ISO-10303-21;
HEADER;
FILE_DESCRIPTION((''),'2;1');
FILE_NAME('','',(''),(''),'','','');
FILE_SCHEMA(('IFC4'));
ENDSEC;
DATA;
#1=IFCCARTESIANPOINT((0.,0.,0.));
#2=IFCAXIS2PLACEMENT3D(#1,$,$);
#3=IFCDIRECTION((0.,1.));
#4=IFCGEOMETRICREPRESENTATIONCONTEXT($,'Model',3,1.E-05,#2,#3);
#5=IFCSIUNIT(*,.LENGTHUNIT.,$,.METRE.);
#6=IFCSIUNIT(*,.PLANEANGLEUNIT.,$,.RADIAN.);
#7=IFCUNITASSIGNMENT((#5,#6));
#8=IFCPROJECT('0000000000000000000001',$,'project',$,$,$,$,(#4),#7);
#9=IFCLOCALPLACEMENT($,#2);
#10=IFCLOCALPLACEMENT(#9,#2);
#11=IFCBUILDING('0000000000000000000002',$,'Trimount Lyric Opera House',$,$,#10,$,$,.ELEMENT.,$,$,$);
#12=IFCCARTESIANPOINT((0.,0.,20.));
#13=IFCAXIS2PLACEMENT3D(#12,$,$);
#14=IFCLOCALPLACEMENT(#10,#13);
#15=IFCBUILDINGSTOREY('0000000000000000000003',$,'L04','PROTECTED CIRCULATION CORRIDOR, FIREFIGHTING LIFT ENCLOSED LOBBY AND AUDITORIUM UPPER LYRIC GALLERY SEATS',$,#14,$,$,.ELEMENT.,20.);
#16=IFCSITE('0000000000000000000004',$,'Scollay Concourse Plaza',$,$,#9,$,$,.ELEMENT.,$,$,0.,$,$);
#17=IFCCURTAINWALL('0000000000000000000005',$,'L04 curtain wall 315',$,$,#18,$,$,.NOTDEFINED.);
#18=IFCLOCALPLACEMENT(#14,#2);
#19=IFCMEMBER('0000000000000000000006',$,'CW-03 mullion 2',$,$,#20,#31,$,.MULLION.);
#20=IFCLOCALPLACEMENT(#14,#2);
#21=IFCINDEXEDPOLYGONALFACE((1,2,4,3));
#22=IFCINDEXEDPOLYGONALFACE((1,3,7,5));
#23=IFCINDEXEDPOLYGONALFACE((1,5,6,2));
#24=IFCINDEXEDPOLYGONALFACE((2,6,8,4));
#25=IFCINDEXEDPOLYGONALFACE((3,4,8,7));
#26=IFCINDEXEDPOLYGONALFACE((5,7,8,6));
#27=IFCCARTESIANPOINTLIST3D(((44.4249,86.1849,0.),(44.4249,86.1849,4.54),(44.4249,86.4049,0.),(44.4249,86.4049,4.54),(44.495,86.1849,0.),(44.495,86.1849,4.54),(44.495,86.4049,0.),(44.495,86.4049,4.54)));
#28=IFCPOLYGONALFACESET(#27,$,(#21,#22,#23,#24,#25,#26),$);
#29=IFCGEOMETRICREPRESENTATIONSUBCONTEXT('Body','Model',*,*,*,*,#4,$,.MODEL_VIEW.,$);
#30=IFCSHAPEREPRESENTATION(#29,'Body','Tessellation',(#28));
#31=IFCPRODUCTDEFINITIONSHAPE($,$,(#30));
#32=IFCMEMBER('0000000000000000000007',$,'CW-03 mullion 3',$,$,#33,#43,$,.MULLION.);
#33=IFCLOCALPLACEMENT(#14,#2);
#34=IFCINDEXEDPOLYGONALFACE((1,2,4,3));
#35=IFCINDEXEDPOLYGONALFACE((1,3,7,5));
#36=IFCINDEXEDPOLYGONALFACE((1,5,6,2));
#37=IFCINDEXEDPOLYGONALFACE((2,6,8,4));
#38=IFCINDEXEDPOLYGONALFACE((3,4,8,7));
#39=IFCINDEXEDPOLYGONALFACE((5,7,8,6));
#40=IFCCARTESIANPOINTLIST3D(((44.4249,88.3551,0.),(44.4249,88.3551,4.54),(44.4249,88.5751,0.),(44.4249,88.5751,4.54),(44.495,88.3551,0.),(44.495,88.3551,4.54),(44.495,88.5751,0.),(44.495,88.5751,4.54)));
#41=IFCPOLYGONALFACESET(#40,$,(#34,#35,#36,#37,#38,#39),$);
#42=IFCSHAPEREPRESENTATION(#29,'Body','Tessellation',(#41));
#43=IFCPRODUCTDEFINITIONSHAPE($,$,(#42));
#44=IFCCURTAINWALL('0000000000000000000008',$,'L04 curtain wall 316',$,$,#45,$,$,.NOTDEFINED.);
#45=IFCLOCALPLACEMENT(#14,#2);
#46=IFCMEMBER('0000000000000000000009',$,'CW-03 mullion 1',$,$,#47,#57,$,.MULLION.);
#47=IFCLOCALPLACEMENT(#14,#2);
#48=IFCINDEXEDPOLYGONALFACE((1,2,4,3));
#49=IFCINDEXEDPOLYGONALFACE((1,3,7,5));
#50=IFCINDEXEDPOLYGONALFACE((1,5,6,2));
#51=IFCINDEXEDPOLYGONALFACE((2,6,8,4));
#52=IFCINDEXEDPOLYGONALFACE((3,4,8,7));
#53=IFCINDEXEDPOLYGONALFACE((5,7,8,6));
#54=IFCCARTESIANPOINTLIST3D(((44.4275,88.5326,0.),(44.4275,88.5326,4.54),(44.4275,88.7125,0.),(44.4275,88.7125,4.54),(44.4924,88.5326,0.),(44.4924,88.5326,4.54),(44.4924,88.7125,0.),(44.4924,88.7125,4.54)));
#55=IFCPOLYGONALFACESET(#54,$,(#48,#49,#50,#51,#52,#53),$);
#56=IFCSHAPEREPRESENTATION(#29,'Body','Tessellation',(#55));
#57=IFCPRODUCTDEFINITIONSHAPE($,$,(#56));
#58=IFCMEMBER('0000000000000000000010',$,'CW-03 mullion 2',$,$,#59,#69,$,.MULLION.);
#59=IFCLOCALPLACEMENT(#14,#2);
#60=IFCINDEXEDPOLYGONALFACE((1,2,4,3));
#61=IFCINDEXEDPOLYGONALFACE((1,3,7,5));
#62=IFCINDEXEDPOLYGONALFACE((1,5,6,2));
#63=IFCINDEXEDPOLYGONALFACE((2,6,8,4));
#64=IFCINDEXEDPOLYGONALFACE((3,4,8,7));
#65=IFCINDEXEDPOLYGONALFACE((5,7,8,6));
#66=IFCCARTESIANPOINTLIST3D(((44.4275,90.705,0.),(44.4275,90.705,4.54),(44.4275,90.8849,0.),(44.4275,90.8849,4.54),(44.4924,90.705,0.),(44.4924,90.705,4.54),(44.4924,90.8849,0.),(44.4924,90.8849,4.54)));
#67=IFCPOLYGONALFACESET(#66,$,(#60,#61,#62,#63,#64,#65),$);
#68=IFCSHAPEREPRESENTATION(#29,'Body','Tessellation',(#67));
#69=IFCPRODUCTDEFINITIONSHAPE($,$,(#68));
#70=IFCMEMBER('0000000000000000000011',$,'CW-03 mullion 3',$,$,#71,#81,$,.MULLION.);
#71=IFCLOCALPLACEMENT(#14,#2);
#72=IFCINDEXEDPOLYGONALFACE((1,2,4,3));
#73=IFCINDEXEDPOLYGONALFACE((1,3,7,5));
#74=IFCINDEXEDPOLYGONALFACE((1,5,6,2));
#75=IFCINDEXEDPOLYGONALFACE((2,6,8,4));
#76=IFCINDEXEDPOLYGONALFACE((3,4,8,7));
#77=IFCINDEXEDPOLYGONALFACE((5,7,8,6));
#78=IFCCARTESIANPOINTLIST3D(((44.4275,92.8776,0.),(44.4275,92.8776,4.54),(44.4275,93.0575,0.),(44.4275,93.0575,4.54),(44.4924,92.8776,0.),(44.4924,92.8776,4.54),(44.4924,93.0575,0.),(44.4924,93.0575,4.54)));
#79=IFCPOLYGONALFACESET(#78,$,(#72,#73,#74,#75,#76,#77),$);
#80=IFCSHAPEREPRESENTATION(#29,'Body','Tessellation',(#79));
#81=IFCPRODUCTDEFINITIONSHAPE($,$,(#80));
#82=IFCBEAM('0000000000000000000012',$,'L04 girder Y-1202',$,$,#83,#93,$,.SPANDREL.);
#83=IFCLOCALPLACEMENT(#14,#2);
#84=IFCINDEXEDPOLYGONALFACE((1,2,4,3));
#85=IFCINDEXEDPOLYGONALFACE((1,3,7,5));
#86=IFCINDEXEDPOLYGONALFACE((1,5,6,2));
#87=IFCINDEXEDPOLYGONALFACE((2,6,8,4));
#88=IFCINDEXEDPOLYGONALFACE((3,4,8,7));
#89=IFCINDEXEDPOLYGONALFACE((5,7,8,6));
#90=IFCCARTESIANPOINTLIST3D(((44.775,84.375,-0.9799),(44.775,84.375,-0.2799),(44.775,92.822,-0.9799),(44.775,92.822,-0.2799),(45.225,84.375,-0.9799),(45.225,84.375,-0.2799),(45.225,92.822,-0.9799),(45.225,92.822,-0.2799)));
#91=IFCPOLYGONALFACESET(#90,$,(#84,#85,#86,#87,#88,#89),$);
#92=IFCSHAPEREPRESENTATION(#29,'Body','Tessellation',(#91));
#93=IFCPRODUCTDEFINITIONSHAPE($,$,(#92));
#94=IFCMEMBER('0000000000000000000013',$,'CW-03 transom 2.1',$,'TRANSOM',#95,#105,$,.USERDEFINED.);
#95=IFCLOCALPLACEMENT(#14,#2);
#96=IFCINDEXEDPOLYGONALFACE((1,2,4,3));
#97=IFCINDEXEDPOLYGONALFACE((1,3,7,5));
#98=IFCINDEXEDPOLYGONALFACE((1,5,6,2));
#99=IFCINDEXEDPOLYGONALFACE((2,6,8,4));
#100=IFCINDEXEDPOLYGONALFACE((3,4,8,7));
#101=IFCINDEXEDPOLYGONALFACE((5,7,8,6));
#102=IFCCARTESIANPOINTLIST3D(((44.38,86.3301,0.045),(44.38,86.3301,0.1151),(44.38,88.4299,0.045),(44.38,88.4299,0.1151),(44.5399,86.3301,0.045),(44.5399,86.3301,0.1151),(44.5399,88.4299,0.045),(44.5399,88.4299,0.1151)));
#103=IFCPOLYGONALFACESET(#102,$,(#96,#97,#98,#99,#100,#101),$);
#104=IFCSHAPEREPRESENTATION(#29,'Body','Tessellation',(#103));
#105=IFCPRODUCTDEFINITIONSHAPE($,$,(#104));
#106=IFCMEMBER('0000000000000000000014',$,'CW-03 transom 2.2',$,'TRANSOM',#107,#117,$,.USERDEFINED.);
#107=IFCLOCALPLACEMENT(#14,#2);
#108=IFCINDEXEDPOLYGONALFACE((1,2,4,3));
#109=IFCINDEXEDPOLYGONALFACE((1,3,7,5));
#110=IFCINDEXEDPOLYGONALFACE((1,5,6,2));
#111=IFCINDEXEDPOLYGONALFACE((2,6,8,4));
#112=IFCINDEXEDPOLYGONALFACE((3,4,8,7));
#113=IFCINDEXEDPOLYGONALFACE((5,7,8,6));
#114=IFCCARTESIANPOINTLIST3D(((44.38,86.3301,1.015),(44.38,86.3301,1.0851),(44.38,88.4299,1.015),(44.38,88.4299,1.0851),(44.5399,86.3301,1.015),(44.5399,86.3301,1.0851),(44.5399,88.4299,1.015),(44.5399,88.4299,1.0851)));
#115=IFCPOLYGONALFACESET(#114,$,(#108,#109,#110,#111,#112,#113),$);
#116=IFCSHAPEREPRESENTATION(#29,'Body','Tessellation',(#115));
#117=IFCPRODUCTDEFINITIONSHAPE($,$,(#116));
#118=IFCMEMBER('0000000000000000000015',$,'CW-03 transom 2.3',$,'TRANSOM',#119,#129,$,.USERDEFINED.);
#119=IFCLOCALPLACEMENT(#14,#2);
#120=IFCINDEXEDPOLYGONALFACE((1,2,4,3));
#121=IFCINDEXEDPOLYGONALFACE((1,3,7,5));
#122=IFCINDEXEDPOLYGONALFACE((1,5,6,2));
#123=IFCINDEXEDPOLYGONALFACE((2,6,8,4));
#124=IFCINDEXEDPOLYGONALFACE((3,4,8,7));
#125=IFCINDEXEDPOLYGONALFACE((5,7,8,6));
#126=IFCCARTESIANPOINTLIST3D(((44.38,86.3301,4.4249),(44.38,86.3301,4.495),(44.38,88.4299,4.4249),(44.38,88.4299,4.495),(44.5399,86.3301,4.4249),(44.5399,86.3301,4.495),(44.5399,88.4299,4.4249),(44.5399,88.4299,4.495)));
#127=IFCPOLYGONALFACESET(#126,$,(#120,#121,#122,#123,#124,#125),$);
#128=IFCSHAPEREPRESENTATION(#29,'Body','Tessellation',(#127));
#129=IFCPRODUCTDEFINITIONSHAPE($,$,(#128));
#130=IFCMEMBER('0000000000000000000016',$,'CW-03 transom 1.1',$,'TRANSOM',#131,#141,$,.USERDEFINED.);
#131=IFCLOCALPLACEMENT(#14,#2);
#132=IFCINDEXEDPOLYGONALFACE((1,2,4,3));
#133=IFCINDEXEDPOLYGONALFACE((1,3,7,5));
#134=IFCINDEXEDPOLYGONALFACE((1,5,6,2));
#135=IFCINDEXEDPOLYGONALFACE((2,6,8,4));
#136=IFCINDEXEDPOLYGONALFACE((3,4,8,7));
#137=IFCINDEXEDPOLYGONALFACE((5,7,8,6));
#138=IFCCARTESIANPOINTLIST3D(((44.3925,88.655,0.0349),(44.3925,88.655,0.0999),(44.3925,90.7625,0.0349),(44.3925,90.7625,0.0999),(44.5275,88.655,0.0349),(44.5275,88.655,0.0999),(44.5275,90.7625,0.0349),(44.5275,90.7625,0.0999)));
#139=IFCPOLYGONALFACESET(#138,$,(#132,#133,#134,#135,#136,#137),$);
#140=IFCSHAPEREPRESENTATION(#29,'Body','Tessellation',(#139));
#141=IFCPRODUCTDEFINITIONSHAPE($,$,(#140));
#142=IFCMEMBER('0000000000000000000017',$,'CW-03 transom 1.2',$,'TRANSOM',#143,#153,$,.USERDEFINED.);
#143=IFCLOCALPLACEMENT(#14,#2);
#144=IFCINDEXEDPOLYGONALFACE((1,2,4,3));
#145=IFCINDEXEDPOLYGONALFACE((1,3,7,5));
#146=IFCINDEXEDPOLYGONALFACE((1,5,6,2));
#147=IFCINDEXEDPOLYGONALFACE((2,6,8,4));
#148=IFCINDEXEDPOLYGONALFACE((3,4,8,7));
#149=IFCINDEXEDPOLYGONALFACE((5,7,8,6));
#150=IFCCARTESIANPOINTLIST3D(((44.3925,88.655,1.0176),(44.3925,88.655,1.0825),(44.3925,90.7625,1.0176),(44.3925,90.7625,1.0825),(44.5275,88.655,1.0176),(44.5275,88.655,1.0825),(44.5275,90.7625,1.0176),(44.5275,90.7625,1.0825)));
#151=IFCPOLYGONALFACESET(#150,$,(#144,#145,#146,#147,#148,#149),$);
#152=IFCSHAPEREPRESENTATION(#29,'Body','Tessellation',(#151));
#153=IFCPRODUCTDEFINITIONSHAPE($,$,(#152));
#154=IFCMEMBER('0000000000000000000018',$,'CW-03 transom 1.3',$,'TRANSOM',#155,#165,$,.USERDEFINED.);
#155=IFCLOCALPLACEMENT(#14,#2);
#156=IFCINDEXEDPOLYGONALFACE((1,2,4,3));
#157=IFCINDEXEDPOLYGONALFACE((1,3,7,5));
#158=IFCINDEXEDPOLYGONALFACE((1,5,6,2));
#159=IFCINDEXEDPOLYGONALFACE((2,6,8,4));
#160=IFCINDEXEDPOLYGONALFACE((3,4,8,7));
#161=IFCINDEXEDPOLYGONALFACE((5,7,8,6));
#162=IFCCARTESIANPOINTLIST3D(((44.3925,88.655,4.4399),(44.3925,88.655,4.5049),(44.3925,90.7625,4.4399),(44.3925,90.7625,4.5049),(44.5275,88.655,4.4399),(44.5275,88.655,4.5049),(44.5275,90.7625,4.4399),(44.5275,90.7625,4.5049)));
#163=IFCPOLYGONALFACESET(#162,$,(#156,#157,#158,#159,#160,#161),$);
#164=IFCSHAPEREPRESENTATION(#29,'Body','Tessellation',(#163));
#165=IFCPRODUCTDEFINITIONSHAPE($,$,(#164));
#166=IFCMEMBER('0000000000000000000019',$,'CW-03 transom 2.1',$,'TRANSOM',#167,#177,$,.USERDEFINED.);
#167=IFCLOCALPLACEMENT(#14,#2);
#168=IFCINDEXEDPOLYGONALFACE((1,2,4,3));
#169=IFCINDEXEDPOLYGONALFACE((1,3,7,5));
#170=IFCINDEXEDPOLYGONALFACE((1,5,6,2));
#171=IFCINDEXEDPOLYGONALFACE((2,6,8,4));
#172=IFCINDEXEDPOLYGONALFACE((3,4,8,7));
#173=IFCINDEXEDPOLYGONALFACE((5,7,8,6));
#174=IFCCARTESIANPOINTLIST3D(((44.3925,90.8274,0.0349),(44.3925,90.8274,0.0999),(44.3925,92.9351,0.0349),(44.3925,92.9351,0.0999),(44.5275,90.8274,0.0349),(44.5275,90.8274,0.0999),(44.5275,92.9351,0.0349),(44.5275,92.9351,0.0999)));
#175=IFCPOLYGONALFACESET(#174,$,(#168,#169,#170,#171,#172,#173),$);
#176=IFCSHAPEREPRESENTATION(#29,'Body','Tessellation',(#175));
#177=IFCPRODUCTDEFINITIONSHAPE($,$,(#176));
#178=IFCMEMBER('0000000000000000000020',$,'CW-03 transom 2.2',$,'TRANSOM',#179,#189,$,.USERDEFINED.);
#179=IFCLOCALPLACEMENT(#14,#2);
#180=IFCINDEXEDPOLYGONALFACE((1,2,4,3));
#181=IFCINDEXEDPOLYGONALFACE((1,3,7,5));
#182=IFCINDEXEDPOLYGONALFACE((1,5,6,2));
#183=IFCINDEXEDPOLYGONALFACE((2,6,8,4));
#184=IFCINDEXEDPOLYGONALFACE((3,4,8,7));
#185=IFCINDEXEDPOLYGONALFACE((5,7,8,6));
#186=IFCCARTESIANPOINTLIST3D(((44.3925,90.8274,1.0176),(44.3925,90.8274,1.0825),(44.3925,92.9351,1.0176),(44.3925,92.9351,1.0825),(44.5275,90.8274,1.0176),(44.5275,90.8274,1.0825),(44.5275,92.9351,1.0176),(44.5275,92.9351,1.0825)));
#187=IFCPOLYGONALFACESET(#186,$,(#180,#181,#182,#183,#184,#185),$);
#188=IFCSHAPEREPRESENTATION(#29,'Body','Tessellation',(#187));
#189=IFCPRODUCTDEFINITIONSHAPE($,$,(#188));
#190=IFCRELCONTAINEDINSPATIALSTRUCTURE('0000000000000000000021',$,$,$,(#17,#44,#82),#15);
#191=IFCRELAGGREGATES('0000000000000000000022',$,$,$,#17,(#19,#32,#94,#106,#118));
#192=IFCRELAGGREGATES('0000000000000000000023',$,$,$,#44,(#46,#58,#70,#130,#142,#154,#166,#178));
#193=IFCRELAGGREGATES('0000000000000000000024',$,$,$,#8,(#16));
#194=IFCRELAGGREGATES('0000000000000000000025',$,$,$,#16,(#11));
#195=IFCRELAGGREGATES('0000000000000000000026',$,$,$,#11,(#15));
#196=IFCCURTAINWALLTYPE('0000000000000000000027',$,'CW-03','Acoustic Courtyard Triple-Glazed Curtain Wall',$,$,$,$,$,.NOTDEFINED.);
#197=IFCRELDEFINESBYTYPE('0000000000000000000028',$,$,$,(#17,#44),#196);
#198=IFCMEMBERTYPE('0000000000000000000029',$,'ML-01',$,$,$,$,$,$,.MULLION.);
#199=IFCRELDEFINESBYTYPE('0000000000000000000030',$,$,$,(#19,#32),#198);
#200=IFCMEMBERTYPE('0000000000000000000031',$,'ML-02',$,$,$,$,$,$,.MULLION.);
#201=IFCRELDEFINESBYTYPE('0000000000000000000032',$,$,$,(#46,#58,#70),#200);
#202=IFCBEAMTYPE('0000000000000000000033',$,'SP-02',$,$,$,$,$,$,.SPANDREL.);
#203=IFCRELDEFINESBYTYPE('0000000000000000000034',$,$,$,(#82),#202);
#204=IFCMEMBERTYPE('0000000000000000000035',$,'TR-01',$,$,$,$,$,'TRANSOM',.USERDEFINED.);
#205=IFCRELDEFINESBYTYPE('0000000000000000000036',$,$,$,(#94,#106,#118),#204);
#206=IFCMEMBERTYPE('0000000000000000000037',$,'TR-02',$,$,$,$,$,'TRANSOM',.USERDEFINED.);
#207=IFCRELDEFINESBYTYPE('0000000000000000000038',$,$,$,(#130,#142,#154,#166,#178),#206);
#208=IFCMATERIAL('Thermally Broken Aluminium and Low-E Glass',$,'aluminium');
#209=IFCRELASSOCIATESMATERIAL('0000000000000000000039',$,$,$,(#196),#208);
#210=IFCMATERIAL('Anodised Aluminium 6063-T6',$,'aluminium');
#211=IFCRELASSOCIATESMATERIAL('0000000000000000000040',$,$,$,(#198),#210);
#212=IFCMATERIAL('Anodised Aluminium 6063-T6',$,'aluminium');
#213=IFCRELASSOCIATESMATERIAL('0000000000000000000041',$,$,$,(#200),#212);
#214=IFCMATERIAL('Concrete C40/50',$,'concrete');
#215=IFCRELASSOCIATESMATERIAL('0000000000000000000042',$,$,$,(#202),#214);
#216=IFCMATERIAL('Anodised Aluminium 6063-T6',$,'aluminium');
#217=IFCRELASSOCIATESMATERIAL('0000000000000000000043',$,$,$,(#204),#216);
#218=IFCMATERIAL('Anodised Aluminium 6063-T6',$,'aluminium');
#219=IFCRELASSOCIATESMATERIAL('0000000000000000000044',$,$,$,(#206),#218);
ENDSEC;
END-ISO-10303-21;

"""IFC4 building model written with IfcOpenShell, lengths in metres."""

from ifc_helpers import new_model, si_unit, direction, frame, origin, origin_2d, place, context, subcontext, project, spatial, rectangle, extrude, material, material_profile, profile_set, type_object, element, aggregate, save


model = new_model("IFC4")

# Units and contexts
model_context = context("Model", 3, precision=1e-05, world=origin(), true_north=direction((0.0, 1.0)))
body_context = subcontext(model_context, "Body", "Model", "MODEL_VIEW")
ifc_project = project(units=[si_unit("LENGTHUNIT", "METRE"), si_unit("PLANEANGLEUNIT", "RADIAN")], contexts=[model_context])

# Site, building, storey
site_placement = place(None, origin())
site = spatial("IfcSite", under=ifc_project, at=site_placement, Name="Scollay Concourse Plaza", CompositionType="ELEMENT", RefElevation=0.0)
building_placement = place(site_placement, origin())
building = spatial("IfcBuilding", under=site, at=building_placement, Name="Trimount Lyric Opera House", CompositionType="ELEMENT")
storey_placement = place(building_placement, frame((0.0, 0.0, 20.0)))
storey = spatial("IfcBuildingStorey", under=building, at=storey_placement, Name="L04", Description="PROTECTED CIRCULATION CORRIDOR, FIREFIGHTING LIFT ENCLOSED LOBBY AND AUDITORIUM UPPER LYRIC GALLERY SEATS", CompositionType="ELEMENT", Elevation=20.0)

# Curtain walls, members
ifc_material_1 = material(Name="Thermally Broken Aluminium and Low-E Glass", Category="aluminium")
curtain_wall_type = type_object("IfcCurtainWallType", Name="CW-03", Description="Acoustic Courtyard Triple-Glazed Curtain Wall", PredefinedType="NOTDEFINED", material=ifc_material_1)
curtain_wall_1_placement = place(storey_placement, origin())
curtain_wall_1 = element("IfcCurtainWall", 1, at=curtain_wall_1_placement, inside=storey, type_object=curtain_wall_type, Name="L04 curtain wall 315", PredefinedType="NOTDEFINED")
ifc_material_2 = material(Name="Anodised Aluminium 6063-T6", Category="aluminium")
ifc_material_profile_1 = material_profile(ifc_material_2, rectangle(XDim=0.0701, YDim=0.22, at=origin_2d()), Name="ALU-MULL-70X220")
ifc_profile_set_1 = profile_set([ifc_material_profile_1], Name="Anodised Aluminium 6063-T6")
member_type_1 = type_object("IfcMemberType", Name="ML-01", PredefinedType="MULLION", material=ifc_profile_set_1)
member_1_placement = place(storey_placement, frame((44.46, 86.2949, 0.0), z_axis=(0.0, 0.0, 1.0), x_axis=(-1.0, 0.0, 0.0)))
member_1 = element("IfcMember", 2, at=member_1_placement, type_object=member_type_1, Name="CW-03 mullion 2", PredefinedType="MULLION", context=body_context, shape_type="SweptSolid", body=[
    extrude(rectangle(XDim=0.0701, YDim=0.22, at=origin_2d()), origin(), (0.0, 0.0, 1.0), 4.54),
])
member_2_placement = place(storey_placement, frame((44.46, 88.4651, 0.0), z_axis=(0.0, 0.0, 1.0), x_axis=(-1.0, 0.0, 0.0)))
member_2 = element("IfcMember", 3, at=member_2_placement, type_object=member_type_1, Name="CW-03 mullion 3", PredefinedType="MULLION", context=body_context, shape_type="SweptSolid", body=[
    extrude(rectangle(XDim=0.0701, YDim=0.22, at=origin_2d()), origin(), (0.0, 0.0, 1.0), 4.54),
])
curtain_wall_2_placement = place(storey_placement, origin())
curtain_wall_2 = element("IfcCurtainWall", 4, at=curtain_wall_2_placement, inside=storey, type_object=curtain_wall_type, Name="L04 curtain wall 316", PredefinedType="NOTDEFINED")
ifc_material_3 = material(Name="Anodised Aluminium 6063-T6", Category="aluminium")
ifc_material_profile_2 = material_profile(ifc_material_3, rectangle(XDim=0.0649, YDim=0.1799, at=origin_2d()), Name="ALU-MULL-65X180")
ifc_profile_set_2 = profile_set([ifc_material_profile_2], Name="Anodised Aluminium 6063-T6")
member_type_2 = type_object("IfcMemberType", Name="ML-02", PredefinedType="MULLION", material=ifc_profile_set_2)
member_3_placement = place(storey_placement, frame((44.46, 88.6226, 0.0), z_axis=(0.0, 0.0, 1.0), x_axis=(-1.0, 0.0, 0.0)))
member_3 = element("IfcMember", 5, at=member_3_placement, type_object=member_type_2, Name="CW-03 mullion 1", PredefinedType="MULLION", context=body_context, shape_type="SweptSolid", body=[
    extrude(rectangle(XDim=0.0649, YDim=0.1799, at=origin_2d()), origin(), (0.0, 0.0, 1.0), 4.54),
])
member_4_placement = place(storey_placement, frame((44.46, 90.7949, 0.0), z_axis=(0.0, 0.0, 1.0), x_axis=(-1.0, 0.0, 0.0)))
member_4 = element("IfcMember", 6, at=member_4_placement, type_object=member_type_2, Name="CW-03 mullion 2", PredefinedType="MULLION", context=body_context, shape_type="SweptSolid", body=[
    extrude(rectangle(XDim=0.0649, YDim=0.1799, at=origin_2d()), origin(), (0.0, 0.0, 1.0), 4.54),
])
member_5_placement = place(storey_placement, frame((44.46, 92.9675, 0.0), z_axis=(0.0, 0.0, 1.0), x_axis=(-1.0, 0.0, 0.0)))
member_5 = element("IfcMember", 7, at=member_5_placement, type_object=member_type_2, Name="CW-03 mullion 3", PredefinedType="MULLION", context=body_context, shape_type="SweptSolid", body=[
    extrude(rectangle(XDim=0.0649, YDim=0.1799, at=origin_2d()), origin(), (0.0, 0.0, 1.0), 4.54),
])

# Beam
ifc_material_4 = material(Name="Concrete C40/50", Category="concrete")
ifc_material_profile_3 = material_profile(ifc_material_4, rectangle(XDim=0.45, YDim=0.7, at=origin_2d()), Name="RC450X700")
ifc_profile_set_3 = profile_set([ifc_material_profile_3], Name="Concrete C40/50")
beam_type_1 = type_object("IfcBeamType", Name="SP-02", PredefinedType="SPANDREL", material=ifc_profile_set_3)
beam_1_placement = place(storey_placement, frame((45.0, 84.375, -0.6299), z_axis=(0.0, 1.0, 0.0), x_axis=(-1.0, 0.0, 0.0)))
element("IfcBeam", 8, at=beam_1_placement, inside=storey, type_object=beam_type_1, Name="L04 girder Y-1202", PredefinedType="SPANDREL", context=body_context, shape_type="SweptSolid", body=[
    extrude(rectangle(XDim=0.45, YDim=0.7, at=origin_2d()), origin(), (0.0, 0.0, 1.0), 8.447),
])

# Members
ifc_material_5 = material(Name="Anodised Aluminium 6063-T6", Category="aluminium")
ifc_material_profile_4 = material_profile(ifc_material_5, rectangle(XDim=0.1599, YDim=0.0701, at=origin_2d()), Name="ALU-TRAN-70X160")
ifc_profile_set_4 = profile_set([ifc_material_profile_4], Name="Anodised Aluminium 6063-T6")
member_type_3 = type_object("IfcMemberType", Name="TR-01", ElementType="TRANSOM", PredefinedType="USERDEFINED", material=ifc_profile_set_4)
member_6_placement = place(storey_placement, frame((44.46, 86.3301, 0.0801), z_axis=(0.0, 1.0, 0.0), x_axis=(-1.0, 0.0, 0.0)))
member_6 = element("IfcMember", 9, at=member_6_placement, type_object=member_type_3, Name="CW-03 transom 2.1", ObjectType="TRANSOM", PredefinedType="USERDEFINED", context=body_context, shape_type="SweptSolid", body=[
    extrude(rectangle(XDim=0.1599, YDim=0.0701, at=origin_2d()), origin(), (0.0, 0.0, 1.0), 2.0999),
])
member_7_placement = place(storey_placement, frame((44.46, 86.3301, 1.05), z_axis=(0.0, 1.0, 0.0), x_axis=(-1.0, 0.0, 0.0)))
member_7 = element("IfcMember", 10, at=member_7_placement, type_object=member_type_3, Name="CW-03 transom 2.2", ObjectType="TRANSOM", PredefinedType="USERDEFINED", context=body_context, shape_type="SweptSolid", body=[
    extrude(rectangle(XDim=0.1599, YDim=0.0701, at=origin_2d()), origin(), (0.0, 0.0, 1.0), 2.0999),
])
member_8_placement = place(storey_placement, frame((44.46, 86.3301, 4.46), z_axis=(0.0, 1.0, 0.0), x_axis=(-1.0, 0.0, 0.0)))
member_8 = element("IfcMember", 11, at=member_8_placement, type_object=member_type_3, Name="CW-03 transom 2.3", ObjectType="TRANSOM", PredefinedType="USERDEFINED", context=body_context, shape_type="SweptSolid", body=[
    extrude(rectangle(XDim=0.1599, YDim=0.0701, at=origin_2d()), origin(), (0.0, 0.0, 1.0), 2.0999),
])
ifc_material_6 = material(Name="Anodised Aluminium 6063-T6", Category="aluminium")
ifc_material_profile_5 = material_profile(ifc_material_6, rectangle(XDim=0.135, YDim=0.0649, at=origin_2d()), Name="ALU-TRAN-65X135")
ifc_profile_set_5 = profile_set([ifc_material_profile_5], Name="Anodised Aluminium 6063-T6")
member_type_4 = type_object("IfcMemberType", Name="TR-02", ElementType="TRANSOM", PredefinedType="USERDEFINED", material=ifc_profile_set_5)
member_9_placement = place(storey_placement, frame((44.46, 88.655, 0.0674), z_axis=(0.0, 1.0, 0.0), x_axis=(-1.0, 0.0, 0.0)))
member_9 = element("IfcMember", 12, at=member_9_placement, type_object=member_type_4, Name="CW-03 transom 1.1", ObjectType="TRANSOM", PredefinedType="USERDEFINED", context=body_context, shape_type="SweptSolid", body=[
    extrude(rectangle(XDim=0.135, YDim=0.0649, at=origin_2d()), origin(), (0.0, 0.0, 1.0), 2.1074),
])
member_10_placement = place(storey_placement, frame((44.46, 88.655, 1.05), z_axis=(0.0, 1.0, 0.0), x_axis=(-1.0, 0.0, 0.0)))
member_10 = element("IfcMember", 13, at=member_10_placement, type_object=member_type_4, Name="CW-03 transom 1.2", ObjectType="TRANSOM", PredefinedType="USERDEFINED", context=body_context, shape_type="SweptSolid", body=[
    extrude(rectangle(XDim=0.135, YDim=0.0649, at=origin_2d()), origin(), (0.0, 0.0, 1.0), 2.1074),
])
member_11_placement = place(storey_placement, frame((44.46, 88.655, 4.4724), z_axis=(0.0, 1.0, 0.0), x_axis=(-1.0, 0.0, 0.0)))
member_11 = element("IfcMember", 14, at=member_11_placement, type_object=member_type_4, Name="CW-03 transom 1.3", ObjectType="TRANSOM", PredefinedType="USERDEFINED", context=body_context, shape_type="SweptSolid", body=[
    extrude(rectangle(XDim=0.135, YDim=0.0649, at=origin_2d()), origin(), (0.0, 0.0, 1.0), 2.1074),
])
member_12_placement = place(storey_placement, frame((44.46, 90.8274, 0.0674), z_axis=(0.0, 1.0, 0.0), x_axis=(-1.0, 0.0, 0.0)))
member_12 = element("IfcMember", 15, at=member_12_placement, type_object=member_type_4, Name="CW-03 transom 2.1", ObjectType="TRANSOM", PredefinedType="USERDEFINED", context=body_context, shape_type="SweptSolid", body=[
    extrude(rectangle(XDim=0.135, YDim=0.0649, at=origin_2d()), origin(), (0.0, 0.0, 1.0), 2.1077),
])
member_13_placement = place(storey_placement, frame((44.46, 90.8274, 1.05), z_axis=(0.0, 1.0, 0.0), x_axis=(-1.0, 0.0, 0.0)))
member_13 = element("IfcMember", 16, at=member_13_placement, type_object=member_type_4, Name="CW-03 transom 2.2", ObjectType="TRANSOM", PredefinedType="USERDEFINED", context=body_context, shape_type="SweptSolid", body=[
    extrude(rectangle(XDim=0.135, YDim=0.0649, at=origin_2d()), origin(), (0.0, 0.0, 1.0), 2.1077),
])

aggregate(curtain_wall_1, [member_1, member_2, member_6, member_7, member_8])
aggregate(curtain_wall_2, [member_3, member_4, member_5, member_9, member_10, member_11, member_12, member_13])

save(model, "model.ifc")
